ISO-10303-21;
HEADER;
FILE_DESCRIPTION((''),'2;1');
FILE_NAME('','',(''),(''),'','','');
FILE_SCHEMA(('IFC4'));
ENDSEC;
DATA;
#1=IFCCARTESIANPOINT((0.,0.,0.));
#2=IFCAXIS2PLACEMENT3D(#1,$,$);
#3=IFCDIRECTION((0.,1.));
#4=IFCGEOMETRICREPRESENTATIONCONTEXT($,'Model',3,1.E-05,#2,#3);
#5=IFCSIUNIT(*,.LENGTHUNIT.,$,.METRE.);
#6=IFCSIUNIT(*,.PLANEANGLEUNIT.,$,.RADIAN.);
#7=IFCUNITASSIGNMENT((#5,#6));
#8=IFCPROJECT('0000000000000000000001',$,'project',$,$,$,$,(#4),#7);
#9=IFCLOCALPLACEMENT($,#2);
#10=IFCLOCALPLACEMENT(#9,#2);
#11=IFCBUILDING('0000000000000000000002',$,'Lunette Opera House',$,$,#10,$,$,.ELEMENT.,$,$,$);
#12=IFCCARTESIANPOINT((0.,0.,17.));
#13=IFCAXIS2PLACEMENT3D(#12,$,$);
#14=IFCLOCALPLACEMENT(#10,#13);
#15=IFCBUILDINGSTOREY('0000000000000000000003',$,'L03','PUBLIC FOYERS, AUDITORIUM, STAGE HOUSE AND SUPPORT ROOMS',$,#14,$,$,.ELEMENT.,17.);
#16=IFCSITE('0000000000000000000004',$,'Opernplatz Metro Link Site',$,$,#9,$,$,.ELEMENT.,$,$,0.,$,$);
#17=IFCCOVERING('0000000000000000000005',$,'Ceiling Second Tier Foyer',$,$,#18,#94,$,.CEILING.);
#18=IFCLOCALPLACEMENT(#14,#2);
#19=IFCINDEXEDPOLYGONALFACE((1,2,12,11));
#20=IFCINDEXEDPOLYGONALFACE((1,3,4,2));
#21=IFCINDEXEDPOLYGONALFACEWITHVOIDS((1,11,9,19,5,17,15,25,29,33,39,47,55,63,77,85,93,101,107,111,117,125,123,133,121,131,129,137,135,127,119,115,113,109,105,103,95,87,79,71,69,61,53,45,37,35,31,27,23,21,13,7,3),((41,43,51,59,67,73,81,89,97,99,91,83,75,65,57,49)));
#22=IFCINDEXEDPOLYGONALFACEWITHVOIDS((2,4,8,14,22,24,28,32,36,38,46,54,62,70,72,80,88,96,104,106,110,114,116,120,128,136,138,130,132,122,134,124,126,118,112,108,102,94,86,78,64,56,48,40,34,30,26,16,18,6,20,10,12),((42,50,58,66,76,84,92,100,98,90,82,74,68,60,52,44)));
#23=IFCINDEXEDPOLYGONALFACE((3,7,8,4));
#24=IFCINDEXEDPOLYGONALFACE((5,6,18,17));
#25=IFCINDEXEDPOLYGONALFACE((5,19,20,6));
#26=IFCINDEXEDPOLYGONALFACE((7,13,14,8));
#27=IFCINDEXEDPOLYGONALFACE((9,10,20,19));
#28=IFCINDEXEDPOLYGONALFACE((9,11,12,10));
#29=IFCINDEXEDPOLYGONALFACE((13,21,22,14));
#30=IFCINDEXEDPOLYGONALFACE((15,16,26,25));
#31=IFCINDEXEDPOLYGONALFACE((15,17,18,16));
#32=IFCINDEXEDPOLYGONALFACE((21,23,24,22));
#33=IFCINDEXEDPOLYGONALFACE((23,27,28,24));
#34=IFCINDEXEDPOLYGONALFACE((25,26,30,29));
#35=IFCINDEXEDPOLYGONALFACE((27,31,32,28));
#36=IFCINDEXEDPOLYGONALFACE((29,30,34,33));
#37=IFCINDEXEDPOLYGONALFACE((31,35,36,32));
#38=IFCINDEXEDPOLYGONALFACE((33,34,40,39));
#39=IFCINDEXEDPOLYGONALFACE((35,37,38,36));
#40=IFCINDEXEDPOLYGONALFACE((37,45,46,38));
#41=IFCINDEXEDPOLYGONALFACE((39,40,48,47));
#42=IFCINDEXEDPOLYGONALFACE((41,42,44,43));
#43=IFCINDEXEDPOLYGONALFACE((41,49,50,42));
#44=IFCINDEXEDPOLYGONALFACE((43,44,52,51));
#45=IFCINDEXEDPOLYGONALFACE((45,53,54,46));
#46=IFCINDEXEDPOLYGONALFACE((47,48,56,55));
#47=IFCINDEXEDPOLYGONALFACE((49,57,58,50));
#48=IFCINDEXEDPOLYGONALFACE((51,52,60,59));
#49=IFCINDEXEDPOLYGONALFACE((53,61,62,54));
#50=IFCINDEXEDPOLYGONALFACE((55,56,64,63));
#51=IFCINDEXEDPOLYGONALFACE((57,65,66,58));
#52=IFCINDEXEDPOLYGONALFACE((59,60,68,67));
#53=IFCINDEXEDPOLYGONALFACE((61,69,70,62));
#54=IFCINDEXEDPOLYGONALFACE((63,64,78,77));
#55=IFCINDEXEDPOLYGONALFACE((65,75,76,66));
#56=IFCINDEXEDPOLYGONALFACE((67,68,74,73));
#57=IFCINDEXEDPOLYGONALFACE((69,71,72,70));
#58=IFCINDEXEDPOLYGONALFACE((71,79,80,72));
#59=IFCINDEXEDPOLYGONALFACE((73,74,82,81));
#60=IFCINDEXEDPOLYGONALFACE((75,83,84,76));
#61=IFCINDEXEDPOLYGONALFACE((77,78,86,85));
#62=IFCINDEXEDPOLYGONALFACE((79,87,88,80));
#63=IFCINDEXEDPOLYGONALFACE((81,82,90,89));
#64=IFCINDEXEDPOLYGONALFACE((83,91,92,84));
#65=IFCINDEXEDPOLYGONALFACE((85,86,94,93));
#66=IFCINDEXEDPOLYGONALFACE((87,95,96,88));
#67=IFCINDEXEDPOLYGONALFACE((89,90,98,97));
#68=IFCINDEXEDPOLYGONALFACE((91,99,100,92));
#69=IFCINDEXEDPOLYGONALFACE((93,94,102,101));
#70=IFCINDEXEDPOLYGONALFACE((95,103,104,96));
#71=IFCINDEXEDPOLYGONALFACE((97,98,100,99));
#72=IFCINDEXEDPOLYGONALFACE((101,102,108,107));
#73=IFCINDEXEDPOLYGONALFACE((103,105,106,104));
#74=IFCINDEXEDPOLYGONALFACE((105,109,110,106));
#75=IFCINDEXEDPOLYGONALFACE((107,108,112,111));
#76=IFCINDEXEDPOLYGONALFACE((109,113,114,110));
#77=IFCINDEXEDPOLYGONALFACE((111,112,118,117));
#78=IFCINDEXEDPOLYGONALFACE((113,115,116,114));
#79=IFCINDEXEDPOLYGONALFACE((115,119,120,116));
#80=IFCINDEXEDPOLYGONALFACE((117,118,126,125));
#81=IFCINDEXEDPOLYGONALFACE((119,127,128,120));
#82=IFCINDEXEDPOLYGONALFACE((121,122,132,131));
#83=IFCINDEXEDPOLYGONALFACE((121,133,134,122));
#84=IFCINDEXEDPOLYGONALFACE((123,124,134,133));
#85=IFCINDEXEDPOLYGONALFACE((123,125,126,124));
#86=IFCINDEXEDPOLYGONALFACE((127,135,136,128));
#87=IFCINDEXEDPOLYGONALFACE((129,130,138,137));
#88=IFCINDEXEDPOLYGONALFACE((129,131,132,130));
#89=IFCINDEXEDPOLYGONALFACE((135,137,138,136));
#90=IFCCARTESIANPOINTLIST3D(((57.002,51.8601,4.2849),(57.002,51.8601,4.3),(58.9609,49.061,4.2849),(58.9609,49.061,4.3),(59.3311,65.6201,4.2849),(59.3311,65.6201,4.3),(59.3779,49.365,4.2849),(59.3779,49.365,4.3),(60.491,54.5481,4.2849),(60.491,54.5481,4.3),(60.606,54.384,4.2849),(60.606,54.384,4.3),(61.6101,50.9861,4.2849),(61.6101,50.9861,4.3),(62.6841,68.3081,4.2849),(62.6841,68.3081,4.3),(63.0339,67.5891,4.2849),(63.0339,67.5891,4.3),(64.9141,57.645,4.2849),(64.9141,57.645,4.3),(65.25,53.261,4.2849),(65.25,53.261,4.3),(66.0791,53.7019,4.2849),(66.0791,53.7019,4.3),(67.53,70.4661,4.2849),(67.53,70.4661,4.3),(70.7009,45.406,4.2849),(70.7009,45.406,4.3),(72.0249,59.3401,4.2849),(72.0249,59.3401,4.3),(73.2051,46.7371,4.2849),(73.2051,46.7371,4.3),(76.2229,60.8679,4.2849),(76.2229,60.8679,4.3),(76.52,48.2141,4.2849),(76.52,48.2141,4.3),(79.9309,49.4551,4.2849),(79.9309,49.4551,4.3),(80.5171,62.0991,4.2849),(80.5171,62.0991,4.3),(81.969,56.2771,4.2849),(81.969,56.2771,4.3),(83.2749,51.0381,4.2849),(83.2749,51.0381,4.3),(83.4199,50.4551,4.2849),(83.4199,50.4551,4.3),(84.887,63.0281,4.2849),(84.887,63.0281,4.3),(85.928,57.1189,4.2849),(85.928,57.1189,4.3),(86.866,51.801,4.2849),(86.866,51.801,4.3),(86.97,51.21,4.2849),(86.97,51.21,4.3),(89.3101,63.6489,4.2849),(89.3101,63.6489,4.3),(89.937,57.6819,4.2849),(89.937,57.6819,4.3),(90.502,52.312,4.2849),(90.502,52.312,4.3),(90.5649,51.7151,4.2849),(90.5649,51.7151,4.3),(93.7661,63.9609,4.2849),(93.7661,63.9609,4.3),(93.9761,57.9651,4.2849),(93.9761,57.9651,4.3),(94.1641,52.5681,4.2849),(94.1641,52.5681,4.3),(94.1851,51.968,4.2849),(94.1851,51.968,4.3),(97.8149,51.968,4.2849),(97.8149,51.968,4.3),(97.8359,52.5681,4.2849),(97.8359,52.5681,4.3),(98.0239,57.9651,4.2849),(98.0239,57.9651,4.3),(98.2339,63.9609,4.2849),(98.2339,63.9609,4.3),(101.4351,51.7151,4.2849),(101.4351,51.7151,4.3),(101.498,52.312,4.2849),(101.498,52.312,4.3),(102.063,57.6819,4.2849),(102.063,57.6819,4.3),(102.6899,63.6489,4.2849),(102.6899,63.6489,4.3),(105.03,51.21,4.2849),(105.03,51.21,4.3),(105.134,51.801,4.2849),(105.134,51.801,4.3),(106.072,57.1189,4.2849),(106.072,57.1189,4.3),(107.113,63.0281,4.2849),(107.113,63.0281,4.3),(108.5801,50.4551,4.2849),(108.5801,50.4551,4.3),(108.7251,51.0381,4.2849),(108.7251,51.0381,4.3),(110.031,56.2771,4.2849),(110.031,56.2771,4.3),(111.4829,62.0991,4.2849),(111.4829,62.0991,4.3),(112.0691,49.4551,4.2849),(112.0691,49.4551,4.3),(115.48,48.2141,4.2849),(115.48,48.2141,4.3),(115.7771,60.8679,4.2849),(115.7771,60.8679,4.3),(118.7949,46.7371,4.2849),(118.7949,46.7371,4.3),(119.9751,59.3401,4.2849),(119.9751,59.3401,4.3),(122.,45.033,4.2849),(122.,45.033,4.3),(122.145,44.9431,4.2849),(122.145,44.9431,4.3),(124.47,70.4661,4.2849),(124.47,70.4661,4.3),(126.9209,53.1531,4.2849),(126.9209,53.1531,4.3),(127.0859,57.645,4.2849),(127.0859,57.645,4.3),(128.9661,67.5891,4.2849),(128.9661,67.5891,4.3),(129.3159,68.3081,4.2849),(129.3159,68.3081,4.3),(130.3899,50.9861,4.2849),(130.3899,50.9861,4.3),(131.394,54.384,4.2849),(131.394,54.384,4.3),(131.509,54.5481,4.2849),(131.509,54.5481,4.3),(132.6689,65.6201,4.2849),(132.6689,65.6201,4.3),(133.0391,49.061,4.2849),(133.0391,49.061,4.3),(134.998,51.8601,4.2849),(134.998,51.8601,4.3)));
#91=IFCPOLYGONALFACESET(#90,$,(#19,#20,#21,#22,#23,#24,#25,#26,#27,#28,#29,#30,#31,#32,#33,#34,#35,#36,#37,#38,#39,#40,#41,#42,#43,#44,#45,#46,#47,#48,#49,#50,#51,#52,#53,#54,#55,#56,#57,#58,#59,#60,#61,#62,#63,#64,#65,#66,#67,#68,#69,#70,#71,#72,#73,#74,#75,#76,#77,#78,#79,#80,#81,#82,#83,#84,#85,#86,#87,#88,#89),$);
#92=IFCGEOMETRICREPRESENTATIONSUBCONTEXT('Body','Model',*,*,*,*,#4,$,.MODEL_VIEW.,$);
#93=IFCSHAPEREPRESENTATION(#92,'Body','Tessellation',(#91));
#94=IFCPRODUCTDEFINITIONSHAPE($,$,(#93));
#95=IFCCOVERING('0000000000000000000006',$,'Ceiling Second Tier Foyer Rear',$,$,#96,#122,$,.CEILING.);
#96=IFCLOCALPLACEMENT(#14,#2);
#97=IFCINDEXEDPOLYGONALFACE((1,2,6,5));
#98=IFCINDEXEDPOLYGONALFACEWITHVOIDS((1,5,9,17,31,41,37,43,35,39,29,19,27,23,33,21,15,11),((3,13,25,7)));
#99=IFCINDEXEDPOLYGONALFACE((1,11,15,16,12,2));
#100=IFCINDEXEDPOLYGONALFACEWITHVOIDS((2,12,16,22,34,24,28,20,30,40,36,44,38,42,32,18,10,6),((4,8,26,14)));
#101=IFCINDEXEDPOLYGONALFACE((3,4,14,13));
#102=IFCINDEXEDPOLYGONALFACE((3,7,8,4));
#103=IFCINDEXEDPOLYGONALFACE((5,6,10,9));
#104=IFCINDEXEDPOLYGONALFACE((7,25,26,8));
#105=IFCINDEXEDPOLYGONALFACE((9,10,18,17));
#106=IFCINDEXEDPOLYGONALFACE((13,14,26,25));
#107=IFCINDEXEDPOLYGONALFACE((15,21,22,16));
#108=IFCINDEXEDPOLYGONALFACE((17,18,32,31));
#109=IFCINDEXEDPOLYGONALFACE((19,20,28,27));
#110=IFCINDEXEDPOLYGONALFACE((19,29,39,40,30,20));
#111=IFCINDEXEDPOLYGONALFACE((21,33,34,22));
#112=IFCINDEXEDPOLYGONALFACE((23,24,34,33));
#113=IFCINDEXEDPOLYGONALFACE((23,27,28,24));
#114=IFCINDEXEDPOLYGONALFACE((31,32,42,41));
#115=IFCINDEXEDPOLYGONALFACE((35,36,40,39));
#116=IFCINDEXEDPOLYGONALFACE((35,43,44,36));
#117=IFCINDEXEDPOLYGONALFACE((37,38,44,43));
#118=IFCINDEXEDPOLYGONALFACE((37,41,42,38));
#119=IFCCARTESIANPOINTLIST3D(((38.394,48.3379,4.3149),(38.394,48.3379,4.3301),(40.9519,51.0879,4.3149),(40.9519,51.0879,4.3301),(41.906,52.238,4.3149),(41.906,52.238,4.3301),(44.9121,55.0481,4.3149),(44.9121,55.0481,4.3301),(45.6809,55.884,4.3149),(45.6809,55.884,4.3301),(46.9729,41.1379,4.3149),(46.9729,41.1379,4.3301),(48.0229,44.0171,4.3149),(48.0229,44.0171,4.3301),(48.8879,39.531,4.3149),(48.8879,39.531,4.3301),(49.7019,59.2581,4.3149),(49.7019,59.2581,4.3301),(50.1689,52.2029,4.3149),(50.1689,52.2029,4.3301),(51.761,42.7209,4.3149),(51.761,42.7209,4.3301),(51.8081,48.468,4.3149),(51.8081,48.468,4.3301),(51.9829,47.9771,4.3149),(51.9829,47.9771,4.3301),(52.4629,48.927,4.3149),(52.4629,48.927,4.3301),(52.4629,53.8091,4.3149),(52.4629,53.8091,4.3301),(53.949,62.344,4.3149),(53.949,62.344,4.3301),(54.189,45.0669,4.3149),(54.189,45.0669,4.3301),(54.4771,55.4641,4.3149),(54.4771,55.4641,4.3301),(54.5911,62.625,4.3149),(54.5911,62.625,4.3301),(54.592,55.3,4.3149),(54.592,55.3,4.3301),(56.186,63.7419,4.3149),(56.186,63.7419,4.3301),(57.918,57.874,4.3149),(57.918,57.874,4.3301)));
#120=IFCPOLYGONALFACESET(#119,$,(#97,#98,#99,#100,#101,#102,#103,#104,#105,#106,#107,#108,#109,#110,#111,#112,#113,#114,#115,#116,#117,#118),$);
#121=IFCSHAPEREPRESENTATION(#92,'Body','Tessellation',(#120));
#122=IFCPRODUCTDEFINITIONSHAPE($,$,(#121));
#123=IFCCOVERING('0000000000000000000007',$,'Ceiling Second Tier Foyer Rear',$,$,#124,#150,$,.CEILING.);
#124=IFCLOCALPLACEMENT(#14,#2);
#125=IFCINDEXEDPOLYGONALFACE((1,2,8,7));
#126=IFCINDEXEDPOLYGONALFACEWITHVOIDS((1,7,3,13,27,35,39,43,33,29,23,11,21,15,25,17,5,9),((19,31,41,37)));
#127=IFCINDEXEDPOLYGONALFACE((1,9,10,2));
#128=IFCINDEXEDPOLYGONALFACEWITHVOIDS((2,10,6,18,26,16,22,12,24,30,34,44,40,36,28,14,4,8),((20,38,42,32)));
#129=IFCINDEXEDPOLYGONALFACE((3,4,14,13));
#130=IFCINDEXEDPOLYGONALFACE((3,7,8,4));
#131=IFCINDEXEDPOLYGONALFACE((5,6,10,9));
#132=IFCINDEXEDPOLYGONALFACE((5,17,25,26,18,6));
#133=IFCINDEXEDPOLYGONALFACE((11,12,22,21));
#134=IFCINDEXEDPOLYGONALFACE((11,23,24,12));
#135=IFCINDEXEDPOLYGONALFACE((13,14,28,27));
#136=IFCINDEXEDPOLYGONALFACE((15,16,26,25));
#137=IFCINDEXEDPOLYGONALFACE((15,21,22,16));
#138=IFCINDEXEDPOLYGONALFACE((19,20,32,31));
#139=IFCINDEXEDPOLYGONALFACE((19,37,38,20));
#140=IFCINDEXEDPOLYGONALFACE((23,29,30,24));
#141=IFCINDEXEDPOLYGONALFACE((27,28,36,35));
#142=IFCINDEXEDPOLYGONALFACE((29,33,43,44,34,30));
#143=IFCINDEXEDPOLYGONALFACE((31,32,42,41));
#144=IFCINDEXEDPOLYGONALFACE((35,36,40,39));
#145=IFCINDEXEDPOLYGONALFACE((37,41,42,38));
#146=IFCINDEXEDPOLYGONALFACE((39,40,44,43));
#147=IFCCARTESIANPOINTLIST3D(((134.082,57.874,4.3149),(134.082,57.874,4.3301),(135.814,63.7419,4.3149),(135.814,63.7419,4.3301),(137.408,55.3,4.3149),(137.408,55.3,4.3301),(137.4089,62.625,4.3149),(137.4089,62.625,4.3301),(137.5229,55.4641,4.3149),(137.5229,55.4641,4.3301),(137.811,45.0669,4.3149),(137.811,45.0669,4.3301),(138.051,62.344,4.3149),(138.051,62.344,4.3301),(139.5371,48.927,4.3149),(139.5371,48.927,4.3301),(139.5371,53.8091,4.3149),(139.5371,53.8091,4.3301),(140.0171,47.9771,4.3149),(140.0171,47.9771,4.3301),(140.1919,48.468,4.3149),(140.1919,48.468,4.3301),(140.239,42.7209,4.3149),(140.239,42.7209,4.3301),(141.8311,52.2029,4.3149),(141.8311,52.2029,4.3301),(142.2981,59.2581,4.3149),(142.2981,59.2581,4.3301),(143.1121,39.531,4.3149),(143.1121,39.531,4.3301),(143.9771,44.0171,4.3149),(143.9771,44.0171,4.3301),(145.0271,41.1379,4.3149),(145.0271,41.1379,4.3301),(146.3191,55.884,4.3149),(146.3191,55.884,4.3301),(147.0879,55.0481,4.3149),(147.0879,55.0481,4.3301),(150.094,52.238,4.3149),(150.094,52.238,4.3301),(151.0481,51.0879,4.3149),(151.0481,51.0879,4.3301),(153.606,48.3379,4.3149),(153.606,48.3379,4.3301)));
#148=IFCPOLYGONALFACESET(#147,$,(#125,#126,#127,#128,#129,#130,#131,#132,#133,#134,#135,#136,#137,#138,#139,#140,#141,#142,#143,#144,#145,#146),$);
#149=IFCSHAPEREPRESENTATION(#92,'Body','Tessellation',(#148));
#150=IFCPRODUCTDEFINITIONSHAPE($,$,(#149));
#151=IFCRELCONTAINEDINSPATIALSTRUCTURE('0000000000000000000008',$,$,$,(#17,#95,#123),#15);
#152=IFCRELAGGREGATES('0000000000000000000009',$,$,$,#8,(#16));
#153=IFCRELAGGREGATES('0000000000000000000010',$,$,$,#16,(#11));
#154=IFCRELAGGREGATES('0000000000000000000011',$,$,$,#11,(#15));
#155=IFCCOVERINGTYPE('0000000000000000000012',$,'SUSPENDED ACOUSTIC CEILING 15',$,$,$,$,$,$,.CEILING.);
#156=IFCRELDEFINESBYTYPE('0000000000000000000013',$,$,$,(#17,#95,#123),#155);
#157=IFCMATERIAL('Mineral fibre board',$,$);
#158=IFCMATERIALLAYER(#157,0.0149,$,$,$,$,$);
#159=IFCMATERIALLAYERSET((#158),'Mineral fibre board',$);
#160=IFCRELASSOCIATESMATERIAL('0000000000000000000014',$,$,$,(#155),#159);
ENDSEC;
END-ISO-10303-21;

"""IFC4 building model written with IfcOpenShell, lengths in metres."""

from ifc_helpers import new_model, si_unit, direction, frame, origin, place, context, subcontext, project, spatial, polyline, outline, extrude, material, layer, layer_set, type_object, element, save


model = new_model("IFC4")

# Units and contexts
model_context = context("Model", 3, precision=1e-05, world=origin(), true_north=direction((0.0, 1.0)))
body_context = subcontext(model_context, "Body", "Model", "MODEL_VIEW")
ifc_project = project(units=[si_unit("LENGTHUNIT", "METRE"), si_unit("PLANEANGLEUNIT", "RADIAN")], contexts=[model_context])

# Site, building, storey
site_placement = place(None, origin())
site = spatial("IfcSite", under=ifc_project, at=site_placement, Name="Opernplatz Metro Link Site", CompositionType="ELEMENT", RefElevation=0.0)
building_placement = place(site_placement, origin())
building = spatial("IfcBuilding", under=site, at=building_placement, Name="Lunette Opera House", CompositionType="ELEMENT")
storey_placement = place(building_placement, frame((0.0, 0.0, 17.0)))
storey = spatial("IfcBuildingStorey", under=building, at=storey_placement, Name="L03", Description="PUBLIC FOYERS, AUDITORIUM, STAGE HOUSE AND SUPPORT ROOMS", CompositionType="ELEMENT", Elevation=17.0)

# Coverings
ifc_material_1 = material(Name="Mineral fibre board")
ifc_layer_1 = layer(ifc_material_1, 0.0149)
ifc_layer_set_1 = layer_set([ifc_layer_1], Name="Mineral fibre board")
covering_type = type_object("IfcCoveringType", Name="SUSPENDED ACOUSTIC CEILING 15", PredefinedType="CEILING", material=ifc_layer_set_1)
covering_1_placement = place(storey_placement, frame((0.0, 0.0, 4.2849)))
element("IfcCovering", 1, at=covering_1_placement, inside=storey, type_object=covering_type, Name="Ceiling Second Tier Foyer", PredefinedType="CEILING", context=body_context, shape_type="SweptSolid", body=[
    extrude(outline(polyline([(66.0791, 53.7019), (65.25, 53.261), (61.6101, 50.9861), (59.3779, 49.365), (58.9609, 49.061), (57.002, 51.8601), (60.606, 54.384), (60.491, 54.5481), (64.9141, 57.645), (59.3311, 65.6201), (63.0339, 67.5891), (62.6841, 68.3081), (67.53, 70.4661), (72.0249, 59.3401), (76.2229, 60.8679), (80.5171, 62.0991), (84.887, 63.0281), (89.3101, 63.6489), (93.7661, 63.9609), (98.2339, 63.9609), (102.6899, 63.6489), (107.113, 63.0281), (111.4829, 62.0991), (115.7771, 60.8679), (119.9751, 59.3401), (124.47, 70.4661), (129.3159, 68.3081), (128.9661, 67.5891), (132.6689, 65.6201), (127.0859, 57.645), (131.509, 54.5481), (131.394, 54.384), (134.998, 51.8601), (133.0391, 49.061), (130.3899, 50.9861), (126.9209, 53.1531), (122.145, 44.9431), (122.0, 45.033), (118.7949, 46.7371), (115.48, 48.2141), (112.0691, 49.4551), (108.5801, 50.4551), (105.03, 51.21), (101.4351, 51.7151), (97.8149, 51.968), (94.1851, 51.968), (90.5649, 51.7151), (86.97, 51.21), (83.4199, 50.4551), (79.9309, 49.4551), (76.52, 48.2141), (73.2051, 46.7371), (70.7009, 45.406), (66.0791, 53.7019)]), holes=[polyline([(108.7251, 51.0381), (110.031, 56.2771), (106.072, 57.1189), (102.063, 57.6819), (98.0239, 57.9651), (93.9761, 57.9651), (89.937, 57.6819), (85.928, 57.1189), (81.969, 56.2771), (83.2749, 51.0381), (86.866, 51.801), (90.502, 52.312), (94.1641, 52.5681), (97.8359, 52.5681), (101.498, 52.312), (105.134, 51.801), (108.7251, 51.0381)])]), origin(), (0.0, 0.0, 1.0), 0.0151),
])
covering_2_placement = place(storey_placement, frame((0.0, 0.0, 4.3149)))
element("IfcCovering", 2, at=covering_2_placement, inside=storey, type_object=covering_type, Name="Ceiling Second Tier Foyer Rear", PredefinedType="CEILING", context=body_context, shape_type="SweptSolid", body=[
    extrude(outline(polyline([(51.8081, 48.468), (54.189, 45.0669), (51.761, 42.7209), (48.8879, 39.531), (46.9729, 41.1379), (38.394, 48.3379), (41.906, 52.238), (45.6809, 55.884), (49.7019, 59.2581), (53.949, 62.344), (56.186, 63.7419), (54.5911, 62.625), (57.918, 57.874), (54.4771, 55.4641), (54.592, 55.3), (52.4629, 53.8091), (50.1689, 52.2029), (52.4629, 48.927), (51.8081, 48.468)]), holes=[polyline([(48.0229, 44.0171), (51.9829, 47.9771), (44.9121, 55.0481), (40.9519, 51.0879), (48.0229, 44.0171)])]), origin(), (0.0, 0.0, 1.0), 0.0151),
])
covering_3_placement = place(storey_placement, frame((0.0, 0.0, 4.3149)))
element("IfcCovering", 3, at=covering_3_placement, inside=storey, type_object=covering_type, Name="Ceiling Second Tier Foyer Rear", PredefinedType="CEILING", context=body_context, shape_type="SweptSolid", body=[
    extrude(outline(polyline([(141.8311, 52.2029), (139.5371, 53.8091), (137.408, 55.3), (137.5229, 55.4641), (134.082, 57.874), (137.4089, 62.625), (135.814, 63.7419), (138.051, 62.344), (142.2981, 59.2581), (146.3191, 55.884), (150.094, 52.238), (153.606, 48.3379), (145.0271, 41.1379), (143.1121, 39.531), (140.239, 42.7209), (137.811, 45.0669), (140.1919, 48.468), (139.5371, 48.927), (141.8311, 52.2029)]), holes=[polyline([(140.0171, 47.9771), (143.9771, 44.0171), (151.0481, 51.0879), (147.0879, 55.0481), (140.0171, 47.9771)])]), origin(), (0.0, 0.0, 1.0), 0.0151),
])

save(model, "model.ifc")
